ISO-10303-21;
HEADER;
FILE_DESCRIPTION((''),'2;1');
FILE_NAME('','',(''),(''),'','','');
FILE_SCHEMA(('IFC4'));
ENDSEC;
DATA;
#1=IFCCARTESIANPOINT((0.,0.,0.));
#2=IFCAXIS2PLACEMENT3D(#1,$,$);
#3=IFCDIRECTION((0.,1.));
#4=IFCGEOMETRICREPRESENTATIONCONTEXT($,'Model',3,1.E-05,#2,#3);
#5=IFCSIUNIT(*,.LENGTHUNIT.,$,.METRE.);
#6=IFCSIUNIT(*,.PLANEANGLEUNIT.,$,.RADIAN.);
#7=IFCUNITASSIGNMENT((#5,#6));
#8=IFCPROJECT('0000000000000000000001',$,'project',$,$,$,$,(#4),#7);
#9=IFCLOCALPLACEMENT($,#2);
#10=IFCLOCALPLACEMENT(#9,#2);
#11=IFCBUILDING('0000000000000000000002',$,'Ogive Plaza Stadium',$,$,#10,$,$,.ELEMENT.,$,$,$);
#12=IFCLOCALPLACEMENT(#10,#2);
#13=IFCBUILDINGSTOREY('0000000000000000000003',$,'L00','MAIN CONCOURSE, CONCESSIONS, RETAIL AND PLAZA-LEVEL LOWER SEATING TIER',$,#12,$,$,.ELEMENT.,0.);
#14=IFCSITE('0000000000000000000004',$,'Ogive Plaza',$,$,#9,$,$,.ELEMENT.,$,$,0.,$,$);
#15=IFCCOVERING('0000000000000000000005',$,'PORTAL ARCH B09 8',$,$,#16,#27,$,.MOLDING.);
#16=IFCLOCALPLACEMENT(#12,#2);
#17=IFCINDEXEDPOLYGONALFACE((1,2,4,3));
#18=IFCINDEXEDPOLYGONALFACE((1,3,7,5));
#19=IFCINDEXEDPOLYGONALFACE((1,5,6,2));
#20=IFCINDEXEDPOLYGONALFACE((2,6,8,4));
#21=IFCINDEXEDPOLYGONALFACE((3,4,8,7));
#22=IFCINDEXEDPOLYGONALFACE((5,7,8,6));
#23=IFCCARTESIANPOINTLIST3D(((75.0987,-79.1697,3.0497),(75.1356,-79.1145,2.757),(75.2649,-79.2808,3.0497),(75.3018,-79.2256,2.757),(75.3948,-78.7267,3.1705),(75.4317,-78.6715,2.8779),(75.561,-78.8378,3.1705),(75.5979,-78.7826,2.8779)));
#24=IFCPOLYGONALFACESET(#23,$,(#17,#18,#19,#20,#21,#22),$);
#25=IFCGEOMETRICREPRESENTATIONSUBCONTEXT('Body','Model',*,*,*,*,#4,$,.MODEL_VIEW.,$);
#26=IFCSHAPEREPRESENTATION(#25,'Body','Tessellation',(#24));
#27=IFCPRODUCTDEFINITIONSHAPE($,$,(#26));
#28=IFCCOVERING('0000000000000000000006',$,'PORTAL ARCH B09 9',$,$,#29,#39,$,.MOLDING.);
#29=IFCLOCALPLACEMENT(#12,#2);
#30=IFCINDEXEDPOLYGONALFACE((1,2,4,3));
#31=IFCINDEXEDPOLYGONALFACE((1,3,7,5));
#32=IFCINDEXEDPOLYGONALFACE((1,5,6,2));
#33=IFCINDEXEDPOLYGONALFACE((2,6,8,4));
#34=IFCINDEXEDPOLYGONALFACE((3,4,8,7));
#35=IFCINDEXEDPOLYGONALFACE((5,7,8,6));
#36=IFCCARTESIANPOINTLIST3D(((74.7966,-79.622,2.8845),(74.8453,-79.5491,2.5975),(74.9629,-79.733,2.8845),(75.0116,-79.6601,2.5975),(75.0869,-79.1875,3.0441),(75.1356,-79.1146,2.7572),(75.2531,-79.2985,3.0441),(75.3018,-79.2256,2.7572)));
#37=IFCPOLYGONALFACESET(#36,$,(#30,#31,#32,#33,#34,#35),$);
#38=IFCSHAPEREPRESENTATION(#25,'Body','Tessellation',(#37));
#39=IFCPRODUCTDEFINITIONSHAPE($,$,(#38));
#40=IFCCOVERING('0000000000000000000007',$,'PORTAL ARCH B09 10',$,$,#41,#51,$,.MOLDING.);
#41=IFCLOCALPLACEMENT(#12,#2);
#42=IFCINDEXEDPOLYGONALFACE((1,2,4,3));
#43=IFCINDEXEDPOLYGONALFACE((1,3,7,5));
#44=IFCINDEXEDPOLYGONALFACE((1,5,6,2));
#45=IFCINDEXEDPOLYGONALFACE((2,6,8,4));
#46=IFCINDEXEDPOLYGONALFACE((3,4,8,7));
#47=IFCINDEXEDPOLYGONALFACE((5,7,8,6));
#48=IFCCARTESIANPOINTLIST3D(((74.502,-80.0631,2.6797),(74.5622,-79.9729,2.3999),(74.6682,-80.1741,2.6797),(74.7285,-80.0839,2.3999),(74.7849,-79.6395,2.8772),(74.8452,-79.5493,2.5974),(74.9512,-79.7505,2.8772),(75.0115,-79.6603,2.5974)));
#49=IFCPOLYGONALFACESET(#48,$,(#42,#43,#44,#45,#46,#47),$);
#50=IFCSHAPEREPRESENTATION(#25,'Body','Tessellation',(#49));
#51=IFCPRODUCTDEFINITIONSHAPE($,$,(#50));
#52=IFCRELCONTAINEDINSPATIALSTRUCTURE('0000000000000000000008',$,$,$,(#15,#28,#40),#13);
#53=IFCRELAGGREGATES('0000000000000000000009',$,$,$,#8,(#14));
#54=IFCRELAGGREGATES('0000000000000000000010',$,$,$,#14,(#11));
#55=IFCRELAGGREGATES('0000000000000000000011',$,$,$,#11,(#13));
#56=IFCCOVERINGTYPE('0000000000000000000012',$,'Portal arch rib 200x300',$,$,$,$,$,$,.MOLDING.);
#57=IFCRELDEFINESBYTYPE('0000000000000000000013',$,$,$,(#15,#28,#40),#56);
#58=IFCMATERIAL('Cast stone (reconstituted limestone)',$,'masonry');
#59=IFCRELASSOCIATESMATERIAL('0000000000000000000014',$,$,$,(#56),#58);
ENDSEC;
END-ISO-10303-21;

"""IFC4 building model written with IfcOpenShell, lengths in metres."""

from ifc_helpers import new_model, si_unit, direction, frame, origin, origin_2d, place, context, subcontext, project, spatial, rectangle, extrude, material, material_profile, profile_set, type_object, element, save


model = new_model("IFC4")

# Units and contexts
model_context = context("Model", 3, precision=1e-05, world=origin(), true_north=direction((0.0, 1.0)))
body_context = subcontext(model_context, "Body", "Model", "MODEL_VIEW")
ifc_project = project(units=[si_unit("LENGTHUNIT", "METRE"), si_unit("PLANEANGLEUNIT", "RADIAN")], contexts=[model_context])

# Site, building, storey
site_placement = place(None, origin())
site = spatial("IfcSite", under=ifc_project, at=site_placement, Name="Ogive Plaza", CompositionType="ELEMENT", RefElevation=0.0)
building_placement = place(site_placement, origin())
building = spatial("IfcBuilding", under=site, at=building_placement, Name="Ogive Plaza Stadium", CompositionType="ELEMENT")
storey_placement = place(building_placement, origin())
storey = spatial("IfcBuildingStorey", under=building, at=storey_placement, Name="L00", Description="MAIN CONCOURSE, CONCESSIONS, RETAIL AND PLAZA-LEVEL LOWER SEATING TIER", CompositionType="ELEMENT", Elevation=0.0)

# Coverings
ifc_material_1 = material(Name="Cast stone (reconstituted limestone)", Category="masonry")
ifc_material_profile_1 = material_profile(ifc_material_1, rectangle(XDim=0.2, YDim=0.3, at=origin_2d()), Name="Cast stone 200x300")
ifc_profile_set_1 = profile_set([ifc_material_profile_1], Name="Cast stone (reconstituted limestone)")
covering_type = type_object("IfcCoveringType", Name="Portal arch rib 200x300", PredefinedType="MOLDING", material=ifc_profile_set_1)
for number, where, z_axis, x_axis, name in (
    (1, (75.4963, -78.7546, 3.0242), (-0.541895, -0.810832, -0.221136), (0.831415, -0.555651, 0.0), "PORTAL ARCH B09 8"),
    (2, (75.1943, -79.2065, 2.9006), (-0.531215, -0.795258, -0.29219), (0.831547, -0.555455, 0.0), "PORTAL ARCH B09 9"),
    (3, (74.8982, -79.6499, 2.7373), (-0.517907, -0.775297, -0.361507), (0.831534, -0.555474, 0.0), "PORTAL ARCH B09 10"),
):
    element("IfcCovering", number, at=place(storey_placement, frame(where, z_axis=z_axis, x_axis=x_axis)), inside=storey, type_object=covering_type, Name=name, PredefinedType="MOLDING", context=body_context, shape_type="SweptSolid", body=[
        extrude(rectangle(XDim=0.2, YDim=0.3, at=origin_2d()), origin(), (0.0, 0.0, 1.0), 0.5464),
    ])

save(model, "model.ifc")
